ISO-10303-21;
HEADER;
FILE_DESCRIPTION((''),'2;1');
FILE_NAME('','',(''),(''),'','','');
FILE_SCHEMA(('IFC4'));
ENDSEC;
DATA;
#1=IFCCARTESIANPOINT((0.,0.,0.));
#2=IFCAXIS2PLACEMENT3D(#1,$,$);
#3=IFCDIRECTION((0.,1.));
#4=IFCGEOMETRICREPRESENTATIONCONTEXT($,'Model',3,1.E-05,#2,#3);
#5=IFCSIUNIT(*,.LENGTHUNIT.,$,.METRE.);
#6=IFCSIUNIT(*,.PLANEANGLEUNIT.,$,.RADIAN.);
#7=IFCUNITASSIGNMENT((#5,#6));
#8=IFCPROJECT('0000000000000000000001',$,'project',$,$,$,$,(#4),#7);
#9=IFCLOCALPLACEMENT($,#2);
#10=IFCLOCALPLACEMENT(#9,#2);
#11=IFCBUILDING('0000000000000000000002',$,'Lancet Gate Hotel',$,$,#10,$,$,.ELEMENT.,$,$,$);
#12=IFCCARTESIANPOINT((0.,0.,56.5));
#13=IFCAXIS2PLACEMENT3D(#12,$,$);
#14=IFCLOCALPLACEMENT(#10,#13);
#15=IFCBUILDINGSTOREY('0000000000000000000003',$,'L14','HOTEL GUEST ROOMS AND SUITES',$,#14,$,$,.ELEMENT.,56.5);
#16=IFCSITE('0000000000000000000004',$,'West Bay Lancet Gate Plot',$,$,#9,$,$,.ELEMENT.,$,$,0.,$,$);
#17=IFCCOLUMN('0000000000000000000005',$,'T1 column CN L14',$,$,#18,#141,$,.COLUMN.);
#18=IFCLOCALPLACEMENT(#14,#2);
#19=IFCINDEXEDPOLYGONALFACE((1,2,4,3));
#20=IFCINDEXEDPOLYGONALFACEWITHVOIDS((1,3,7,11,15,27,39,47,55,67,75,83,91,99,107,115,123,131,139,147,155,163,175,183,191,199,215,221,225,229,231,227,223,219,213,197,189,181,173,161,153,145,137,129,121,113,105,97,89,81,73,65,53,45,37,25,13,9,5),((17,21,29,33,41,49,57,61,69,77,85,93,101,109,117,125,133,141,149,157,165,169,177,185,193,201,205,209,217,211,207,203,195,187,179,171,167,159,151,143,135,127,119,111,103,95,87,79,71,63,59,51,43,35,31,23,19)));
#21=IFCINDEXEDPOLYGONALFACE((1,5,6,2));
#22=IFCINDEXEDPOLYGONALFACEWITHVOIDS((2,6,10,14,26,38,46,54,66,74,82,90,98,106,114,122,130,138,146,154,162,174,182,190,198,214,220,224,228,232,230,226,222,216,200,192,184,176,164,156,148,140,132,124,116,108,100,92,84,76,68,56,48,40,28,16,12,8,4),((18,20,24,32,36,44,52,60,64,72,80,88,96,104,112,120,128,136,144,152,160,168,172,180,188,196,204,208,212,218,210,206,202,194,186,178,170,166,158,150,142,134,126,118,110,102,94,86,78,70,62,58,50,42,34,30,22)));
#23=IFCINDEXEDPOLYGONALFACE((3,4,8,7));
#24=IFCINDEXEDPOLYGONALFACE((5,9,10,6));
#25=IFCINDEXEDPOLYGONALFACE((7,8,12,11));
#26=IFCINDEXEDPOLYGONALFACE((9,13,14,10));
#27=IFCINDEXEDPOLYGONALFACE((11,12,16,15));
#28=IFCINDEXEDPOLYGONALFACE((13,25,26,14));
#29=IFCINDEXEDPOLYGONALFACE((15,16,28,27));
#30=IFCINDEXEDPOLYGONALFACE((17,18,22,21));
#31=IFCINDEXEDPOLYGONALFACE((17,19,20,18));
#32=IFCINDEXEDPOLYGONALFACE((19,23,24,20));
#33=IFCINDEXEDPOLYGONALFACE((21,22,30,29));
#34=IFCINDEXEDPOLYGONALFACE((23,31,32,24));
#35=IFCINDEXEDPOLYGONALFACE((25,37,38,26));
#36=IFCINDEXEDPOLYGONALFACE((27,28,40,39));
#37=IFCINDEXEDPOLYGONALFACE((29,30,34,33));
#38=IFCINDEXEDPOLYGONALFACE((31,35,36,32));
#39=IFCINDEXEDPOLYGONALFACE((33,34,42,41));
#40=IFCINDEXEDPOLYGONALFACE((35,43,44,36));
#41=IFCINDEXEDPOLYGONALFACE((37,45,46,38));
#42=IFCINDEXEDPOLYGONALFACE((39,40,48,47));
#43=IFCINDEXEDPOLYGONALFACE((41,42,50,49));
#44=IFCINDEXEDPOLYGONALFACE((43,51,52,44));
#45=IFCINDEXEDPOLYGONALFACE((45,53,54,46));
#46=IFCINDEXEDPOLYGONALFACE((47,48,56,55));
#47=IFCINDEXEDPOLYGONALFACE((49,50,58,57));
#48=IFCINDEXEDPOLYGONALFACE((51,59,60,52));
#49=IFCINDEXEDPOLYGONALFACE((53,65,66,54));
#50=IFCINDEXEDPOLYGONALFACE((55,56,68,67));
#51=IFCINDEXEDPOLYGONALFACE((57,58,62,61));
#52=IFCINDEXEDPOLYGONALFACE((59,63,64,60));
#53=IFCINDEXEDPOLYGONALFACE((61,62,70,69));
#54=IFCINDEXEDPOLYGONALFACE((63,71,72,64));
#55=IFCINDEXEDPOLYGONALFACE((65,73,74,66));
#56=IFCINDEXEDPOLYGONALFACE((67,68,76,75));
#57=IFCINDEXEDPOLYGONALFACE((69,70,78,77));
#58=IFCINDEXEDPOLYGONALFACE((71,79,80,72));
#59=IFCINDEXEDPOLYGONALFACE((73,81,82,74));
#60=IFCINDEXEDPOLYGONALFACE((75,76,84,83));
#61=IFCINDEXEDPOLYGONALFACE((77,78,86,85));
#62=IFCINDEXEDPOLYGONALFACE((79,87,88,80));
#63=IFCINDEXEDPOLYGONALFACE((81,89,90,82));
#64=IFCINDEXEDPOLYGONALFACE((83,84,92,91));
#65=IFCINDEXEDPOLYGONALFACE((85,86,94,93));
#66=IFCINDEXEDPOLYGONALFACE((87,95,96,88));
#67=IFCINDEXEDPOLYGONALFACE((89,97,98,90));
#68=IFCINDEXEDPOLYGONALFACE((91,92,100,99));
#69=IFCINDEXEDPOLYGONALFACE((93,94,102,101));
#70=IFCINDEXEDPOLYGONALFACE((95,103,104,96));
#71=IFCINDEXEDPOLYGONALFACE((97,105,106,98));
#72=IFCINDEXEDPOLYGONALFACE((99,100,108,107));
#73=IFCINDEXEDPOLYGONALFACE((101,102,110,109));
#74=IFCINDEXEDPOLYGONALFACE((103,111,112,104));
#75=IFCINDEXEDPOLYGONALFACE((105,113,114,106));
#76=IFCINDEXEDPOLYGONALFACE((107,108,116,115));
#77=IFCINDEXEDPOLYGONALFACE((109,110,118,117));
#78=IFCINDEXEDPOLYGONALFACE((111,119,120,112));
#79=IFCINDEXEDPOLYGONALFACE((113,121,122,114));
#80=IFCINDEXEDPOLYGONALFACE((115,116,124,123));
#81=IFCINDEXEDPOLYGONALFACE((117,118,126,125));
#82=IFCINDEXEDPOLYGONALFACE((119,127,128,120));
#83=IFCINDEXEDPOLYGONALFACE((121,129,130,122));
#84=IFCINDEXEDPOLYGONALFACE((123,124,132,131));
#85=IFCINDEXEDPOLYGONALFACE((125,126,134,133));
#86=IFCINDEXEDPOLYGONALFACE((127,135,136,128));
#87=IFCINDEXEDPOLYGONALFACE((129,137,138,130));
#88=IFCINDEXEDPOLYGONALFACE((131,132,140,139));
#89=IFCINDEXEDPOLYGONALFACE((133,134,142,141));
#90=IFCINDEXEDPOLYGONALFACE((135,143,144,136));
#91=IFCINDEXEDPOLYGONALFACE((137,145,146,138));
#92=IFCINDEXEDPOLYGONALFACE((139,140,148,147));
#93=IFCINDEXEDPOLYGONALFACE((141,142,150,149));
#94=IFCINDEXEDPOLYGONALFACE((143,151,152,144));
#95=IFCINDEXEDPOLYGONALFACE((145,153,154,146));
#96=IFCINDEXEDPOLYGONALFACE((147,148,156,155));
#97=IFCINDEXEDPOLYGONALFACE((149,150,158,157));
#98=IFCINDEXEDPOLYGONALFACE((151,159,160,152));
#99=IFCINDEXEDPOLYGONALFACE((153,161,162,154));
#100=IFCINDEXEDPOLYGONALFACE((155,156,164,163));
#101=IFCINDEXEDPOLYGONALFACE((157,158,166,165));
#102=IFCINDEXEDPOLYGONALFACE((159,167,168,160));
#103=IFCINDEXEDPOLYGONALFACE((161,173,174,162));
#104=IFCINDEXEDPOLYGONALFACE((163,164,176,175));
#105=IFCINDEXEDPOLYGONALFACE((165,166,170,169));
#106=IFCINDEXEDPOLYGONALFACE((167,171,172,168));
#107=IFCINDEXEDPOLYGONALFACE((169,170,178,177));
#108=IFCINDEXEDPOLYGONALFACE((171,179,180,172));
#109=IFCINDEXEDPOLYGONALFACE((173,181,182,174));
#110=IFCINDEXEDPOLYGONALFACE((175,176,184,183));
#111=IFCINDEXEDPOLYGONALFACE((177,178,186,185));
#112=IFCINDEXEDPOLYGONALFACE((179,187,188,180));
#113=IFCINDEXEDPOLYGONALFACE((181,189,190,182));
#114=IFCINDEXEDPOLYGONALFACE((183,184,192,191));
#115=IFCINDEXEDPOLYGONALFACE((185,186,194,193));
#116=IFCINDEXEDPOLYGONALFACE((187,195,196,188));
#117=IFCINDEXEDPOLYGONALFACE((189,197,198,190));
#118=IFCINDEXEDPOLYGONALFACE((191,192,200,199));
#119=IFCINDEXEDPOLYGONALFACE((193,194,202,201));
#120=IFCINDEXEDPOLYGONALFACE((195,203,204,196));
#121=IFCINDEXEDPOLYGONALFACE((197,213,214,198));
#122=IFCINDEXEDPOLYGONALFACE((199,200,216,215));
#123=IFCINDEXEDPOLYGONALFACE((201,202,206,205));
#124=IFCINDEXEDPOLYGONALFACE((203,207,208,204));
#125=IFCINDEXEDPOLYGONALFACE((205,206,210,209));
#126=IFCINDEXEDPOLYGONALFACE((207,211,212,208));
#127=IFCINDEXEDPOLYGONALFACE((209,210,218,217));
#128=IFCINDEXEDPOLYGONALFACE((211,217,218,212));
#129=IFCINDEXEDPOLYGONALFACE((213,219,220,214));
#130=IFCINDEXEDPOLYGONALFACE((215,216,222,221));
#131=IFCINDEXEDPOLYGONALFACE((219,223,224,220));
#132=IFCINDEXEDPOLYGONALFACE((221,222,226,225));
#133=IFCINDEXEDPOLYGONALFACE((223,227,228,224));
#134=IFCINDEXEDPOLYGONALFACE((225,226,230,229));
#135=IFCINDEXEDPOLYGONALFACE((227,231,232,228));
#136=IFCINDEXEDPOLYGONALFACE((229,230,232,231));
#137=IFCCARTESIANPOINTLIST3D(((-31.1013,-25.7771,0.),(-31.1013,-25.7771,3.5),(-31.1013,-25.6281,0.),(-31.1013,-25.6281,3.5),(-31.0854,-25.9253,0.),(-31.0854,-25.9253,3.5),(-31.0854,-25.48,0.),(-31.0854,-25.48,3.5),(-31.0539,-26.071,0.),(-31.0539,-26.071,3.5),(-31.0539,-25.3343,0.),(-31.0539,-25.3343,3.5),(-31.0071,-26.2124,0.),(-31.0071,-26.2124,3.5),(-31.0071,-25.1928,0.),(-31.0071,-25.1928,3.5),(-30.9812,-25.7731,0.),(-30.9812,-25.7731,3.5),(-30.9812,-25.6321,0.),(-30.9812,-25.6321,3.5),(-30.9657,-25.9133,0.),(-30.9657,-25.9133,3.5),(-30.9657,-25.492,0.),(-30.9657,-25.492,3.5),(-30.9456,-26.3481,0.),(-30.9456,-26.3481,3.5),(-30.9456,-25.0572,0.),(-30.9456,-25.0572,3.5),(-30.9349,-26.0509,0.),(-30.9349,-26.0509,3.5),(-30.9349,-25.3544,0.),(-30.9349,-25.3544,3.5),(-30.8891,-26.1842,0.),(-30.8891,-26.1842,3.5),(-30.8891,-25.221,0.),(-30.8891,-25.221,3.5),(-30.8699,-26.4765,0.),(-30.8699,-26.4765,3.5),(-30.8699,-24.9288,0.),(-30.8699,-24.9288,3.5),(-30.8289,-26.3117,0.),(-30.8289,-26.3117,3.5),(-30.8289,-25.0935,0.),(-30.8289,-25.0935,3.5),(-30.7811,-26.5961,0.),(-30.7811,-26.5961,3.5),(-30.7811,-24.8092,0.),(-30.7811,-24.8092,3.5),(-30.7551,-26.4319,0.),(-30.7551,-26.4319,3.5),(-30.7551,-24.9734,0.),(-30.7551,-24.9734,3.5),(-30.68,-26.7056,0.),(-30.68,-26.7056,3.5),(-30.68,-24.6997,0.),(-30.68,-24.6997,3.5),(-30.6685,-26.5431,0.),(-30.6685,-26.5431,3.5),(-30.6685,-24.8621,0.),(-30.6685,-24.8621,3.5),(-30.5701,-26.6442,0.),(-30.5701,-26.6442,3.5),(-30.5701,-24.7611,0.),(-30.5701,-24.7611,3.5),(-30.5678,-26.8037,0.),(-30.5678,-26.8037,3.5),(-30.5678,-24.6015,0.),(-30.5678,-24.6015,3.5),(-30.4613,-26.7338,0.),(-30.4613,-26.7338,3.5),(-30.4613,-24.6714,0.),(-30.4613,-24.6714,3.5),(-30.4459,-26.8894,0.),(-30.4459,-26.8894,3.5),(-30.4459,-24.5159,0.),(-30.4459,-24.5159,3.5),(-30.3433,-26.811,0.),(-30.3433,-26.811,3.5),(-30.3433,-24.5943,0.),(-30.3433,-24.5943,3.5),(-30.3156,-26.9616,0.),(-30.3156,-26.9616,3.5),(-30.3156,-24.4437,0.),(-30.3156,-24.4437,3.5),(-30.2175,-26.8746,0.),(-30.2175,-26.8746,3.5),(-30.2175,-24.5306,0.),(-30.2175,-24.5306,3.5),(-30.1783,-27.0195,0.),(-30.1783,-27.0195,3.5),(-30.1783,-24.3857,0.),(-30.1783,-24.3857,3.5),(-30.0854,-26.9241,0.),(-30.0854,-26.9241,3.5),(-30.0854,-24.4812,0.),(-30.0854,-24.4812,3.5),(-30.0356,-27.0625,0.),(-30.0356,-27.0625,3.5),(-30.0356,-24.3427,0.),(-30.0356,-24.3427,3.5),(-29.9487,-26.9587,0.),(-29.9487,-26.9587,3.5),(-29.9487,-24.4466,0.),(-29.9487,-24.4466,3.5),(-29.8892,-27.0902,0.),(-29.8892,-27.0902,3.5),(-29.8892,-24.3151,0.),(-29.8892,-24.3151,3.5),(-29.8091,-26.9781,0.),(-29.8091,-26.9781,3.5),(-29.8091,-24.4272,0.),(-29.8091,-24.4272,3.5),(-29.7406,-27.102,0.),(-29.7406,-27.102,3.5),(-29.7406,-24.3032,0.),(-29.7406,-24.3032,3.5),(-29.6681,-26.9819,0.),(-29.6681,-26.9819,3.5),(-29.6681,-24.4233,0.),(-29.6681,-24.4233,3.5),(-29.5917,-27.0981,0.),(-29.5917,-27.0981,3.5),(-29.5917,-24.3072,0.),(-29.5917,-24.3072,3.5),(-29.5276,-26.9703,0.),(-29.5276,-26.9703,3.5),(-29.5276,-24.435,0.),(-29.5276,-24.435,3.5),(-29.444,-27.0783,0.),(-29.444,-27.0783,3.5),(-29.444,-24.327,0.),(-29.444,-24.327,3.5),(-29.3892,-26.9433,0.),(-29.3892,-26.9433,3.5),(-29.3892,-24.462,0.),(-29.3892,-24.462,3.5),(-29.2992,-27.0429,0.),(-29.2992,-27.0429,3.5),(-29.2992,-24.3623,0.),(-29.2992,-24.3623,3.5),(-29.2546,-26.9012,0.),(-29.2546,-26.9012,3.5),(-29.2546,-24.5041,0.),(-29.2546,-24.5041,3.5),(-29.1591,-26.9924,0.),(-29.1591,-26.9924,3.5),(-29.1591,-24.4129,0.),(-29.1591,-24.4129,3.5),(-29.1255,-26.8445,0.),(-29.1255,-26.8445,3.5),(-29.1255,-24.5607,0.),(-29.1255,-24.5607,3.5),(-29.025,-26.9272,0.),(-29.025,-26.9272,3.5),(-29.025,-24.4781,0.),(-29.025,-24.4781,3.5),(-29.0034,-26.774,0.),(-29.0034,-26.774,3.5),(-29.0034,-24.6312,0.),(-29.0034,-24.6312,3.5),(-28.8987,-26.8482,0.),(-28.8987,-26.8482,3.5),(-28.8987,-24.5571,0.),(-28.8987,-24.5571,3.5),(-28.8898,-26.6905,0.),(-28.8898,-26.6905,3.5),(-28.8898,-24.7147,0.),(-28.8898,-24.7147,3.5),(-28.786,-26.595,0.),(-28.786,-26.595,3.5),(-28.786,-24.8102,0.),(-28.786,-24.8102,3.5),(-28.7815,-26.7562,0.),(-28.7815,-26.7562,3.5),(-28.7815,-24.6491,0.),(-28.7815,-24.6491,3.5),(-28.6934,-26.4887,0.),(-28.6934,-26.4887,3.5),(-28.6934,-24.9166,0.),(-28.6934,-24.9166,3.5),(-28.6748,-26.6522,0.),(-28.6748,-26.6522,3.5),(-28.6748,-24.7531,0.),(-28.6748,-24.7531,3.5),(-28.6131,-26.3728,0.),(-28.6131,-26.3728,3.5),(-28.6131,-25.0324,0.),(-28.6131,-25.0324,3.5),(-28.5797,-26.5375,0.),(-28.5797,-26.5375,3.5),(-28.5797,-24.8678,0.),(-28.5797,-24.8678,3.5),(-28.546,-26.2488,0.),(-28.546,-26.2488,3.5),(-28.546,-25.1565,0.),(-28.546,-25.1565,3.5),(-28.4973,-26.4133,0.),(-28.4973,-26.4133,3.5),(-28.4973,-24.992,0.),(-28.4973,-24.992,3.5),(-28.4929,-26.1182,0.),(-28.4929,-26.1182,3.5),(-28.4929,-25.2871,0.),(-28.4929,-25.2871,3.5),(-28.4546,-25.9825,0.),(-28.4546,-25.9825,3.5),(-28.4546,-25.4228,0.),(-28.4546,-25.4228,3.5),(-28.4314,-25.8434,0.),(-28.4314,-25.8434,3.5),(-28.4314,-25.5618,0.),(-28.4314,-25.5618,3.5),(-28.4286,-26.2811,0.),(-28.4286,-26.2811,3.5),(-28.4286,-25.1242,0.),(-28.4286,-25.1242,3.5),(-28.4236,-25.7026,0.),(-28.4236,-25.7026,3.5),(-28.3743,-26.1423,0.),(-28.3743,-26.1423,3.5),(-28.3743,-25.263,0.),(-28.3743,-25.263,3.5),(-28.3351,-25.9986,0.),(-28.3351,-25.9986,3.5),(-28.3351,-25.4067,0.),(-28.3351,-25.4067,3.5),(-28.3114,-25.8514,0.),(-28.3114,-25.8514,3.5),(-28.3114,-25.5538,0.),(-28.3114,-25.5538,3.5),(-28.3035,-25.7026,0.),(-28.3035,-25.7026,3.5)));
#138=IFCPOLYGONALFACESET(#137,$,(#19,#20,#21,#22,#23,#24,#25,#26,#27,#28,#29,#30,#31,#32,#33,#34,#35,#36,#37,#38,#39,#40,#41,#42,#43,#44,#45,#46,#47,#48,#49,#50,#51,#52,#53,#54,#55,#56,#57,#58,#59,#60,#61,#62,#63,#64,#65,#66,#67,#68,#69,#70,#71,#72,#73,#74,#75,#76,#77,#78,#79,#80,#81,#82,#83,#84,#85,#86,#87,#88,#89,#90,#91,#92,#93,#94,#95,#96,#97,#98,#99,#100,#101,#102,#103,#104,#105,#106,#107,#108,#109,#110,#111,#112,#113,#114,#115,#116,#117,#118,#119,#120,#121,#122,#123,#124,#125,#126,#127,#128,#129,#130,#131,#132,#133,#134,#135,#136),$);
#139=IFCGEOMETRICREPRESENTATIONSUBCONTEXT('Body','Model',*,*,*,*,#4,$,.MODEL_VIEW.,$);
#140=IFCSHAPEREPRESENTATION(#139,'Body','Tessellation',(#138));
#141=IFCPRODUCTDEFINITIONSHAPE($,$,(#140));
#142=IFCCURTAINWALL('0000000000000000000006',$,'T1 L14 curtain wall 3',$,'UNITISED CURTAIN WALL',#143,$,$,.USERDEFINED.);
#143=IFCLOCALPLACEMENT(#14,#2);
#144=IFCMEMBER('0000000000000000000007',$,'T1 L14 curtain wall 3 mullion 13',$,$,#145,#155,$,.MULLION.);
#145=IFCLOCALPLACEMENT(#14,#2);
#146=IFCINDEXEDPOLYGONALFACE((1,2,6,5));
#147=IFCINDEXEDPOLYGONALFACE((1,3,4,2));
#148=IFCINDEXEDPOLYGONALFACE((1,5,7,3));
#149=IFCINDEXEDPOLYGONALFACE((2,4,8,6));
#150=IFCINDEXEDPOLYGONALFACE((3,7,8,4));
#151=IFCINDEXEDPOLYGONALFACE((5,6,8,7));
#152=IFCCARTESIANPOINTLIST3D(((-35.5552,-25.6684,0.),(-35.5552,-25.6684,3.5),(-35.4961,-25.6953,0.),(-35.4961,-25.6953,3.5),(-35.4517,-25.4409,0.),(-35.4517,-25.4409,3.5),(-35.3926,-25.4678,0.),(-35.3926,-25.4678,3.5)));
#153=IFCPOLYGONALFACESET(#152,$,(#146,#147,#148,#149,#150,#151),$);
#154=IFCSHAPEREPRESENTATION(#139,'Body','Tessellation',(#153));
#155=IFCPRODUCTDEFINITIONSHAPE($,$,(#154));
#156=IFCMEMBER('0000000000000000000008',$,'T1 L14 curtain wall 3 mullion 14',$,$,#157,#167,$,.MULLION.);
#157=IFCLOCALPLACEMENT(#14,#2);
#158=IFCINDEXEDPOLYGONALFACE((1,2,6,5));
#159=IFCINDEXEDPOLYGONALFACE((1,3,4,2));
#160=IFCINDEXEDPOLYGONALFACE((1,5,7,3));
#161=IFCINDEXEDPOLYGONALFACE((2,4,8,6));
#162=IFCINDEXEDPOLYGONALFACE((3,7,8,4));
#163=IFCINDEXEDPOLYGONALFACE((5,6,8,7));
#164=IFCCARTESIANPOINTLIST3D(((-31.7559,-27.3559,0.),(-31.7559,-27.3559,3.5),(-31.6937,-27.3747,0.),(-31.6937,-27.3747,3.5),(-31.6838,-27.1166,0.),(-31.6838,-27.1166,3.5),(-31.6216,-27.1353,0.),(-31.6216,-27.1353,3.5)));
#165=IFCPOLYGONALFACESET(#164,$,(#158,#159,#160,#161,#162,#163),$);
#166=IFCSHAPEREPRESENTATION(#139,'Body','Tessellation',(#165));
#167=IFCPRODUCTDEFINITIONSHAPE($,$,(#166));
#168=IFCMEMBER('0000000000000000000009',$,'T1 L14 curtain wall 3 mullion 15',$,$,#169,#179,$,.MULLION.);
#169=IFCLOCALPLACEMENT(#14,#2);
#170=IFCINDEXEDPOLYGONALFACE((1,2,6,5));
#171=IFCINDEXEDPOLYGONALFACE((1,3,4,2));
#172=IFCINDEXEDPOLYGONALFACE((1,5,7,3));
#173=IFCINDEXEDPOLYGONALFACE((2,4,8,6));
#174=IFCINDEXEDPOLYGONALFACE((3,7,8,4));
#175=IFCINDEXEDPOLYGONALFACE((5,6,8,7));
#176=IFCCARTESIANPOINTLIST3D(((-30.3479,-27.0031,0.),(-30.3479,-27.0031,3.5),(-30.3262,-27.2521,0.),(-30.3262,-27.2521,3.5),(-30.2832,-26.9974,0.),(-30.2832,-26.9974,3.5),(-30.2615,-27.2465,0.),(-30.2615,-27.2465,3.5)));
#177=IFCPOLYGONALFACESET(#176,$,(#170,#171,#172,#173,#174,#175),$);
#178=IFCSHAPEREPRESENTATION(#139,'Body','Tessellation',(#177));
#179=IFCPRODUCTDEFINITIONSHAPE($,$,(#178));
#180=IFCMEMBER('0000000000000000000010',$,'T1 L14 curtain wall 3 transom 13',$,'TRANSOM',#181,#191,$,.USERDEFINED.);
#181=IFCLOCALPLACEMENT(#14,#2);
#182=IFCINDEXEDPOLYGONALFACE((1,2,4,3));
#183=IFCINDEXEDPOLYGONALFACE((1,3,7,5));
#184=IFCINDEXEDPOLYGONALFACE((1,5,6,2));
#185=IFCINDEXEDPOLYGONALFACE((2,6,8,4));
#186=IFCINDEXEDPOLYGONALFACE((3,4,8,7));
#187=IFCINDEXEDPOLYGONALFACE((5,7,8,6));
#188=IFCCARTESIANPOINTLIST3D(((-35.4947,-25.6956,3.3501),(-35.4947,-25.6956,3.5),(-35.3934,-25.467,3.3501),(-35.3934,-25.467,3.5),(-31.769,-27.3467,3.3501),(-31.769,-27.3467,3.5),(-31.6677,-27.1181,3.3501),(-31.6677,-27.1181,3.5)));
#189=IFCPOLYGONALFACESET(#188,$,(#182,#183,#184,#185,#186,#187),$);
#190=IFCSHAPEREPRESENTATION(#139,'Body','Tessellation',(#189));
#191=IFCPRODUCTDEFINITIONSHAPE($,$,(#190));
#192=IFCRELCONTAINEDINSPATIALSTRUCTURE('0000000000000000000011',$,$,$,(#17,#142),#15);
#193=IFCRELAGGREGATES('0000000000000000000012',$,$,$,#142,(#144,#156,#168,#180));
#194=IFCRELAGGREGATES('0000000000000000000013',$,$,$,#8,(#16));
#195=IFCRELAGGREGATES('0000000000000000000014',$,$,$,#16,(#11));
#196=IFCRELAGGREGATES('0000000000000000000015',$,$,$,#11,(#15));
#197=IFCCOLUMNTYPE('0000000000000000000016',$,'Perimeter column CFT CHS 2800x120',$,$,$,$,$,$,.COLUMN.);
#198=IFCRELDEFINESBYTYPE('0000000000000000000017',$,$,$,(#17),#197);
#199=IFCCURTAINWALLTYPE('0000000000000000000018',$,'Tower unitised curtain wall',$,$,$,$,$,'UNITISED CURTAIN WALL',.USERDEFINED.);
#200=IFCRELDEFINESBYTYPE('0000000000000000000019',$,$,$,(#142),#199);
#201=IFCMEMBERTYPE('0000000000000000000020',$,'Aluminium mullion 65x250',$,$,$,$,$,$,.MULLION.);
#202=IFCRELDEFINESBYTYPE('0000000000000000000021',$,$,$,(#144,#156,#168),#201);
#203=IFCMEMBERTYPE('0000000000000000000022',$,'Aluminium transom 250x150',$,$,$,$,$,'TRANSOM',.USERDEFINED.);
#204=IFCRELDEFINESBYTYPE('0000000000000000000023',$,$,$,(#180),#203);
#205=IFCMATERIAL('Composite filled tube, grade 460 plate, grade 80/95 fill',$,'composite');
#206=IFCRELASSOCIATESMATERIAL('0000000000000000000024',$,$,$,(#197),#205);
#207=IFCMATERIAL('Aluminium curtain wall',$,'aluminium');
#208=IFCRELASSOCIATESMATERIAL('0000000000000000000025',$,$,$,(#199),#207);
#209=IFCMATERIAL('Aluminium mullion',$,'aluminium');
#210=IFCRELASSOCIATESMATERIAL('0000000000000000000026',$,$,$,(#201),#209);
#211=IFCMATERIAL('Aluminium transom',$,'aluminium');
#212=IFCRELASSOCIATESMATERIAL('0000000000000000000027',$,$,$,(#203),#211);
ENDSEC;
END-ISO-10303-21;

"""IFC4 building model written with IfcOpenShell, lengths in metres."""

from ifc_helpers import new_model, si_unit, direction, frame, origin, origin_2d, place, context, subcontext, project, spatial, rectangle, hollow_circle, extrude, material, material_profile, profile_set, type_object, element, aggregate, save


model = new_model("IFC4")

# Units and contexts
model_context = context("Model", 3, precision=1e-05, world=origin(), true_north=direction((0.0, 1.0)))
body_context = subcontext(model_context, "Body", "Model", "MODEL_VIEW")
ifc_project = project(units=[si_unit("LENGTHUNIT", "METRE"), si_unit("PLANEANGLEUNIT", "RADIAN")], contexts=[model_context])

# Site, building, storey
site_placement = place(None, origin())
site = spatial("IfcSite", under=ifc_project, at=site_placement, Name="West Bay Lancet Gate Plot", CompositionType="ELEMENT", RefElevation=0.0)
building_placement = place(site_placement, origin())
building = spatial("IfcBuilding", under=site, at=building_placement, Name="Lancet Gate Hotel", CompositionType="ELEMENT")
storey_placement = place(building_placement, frame((0.0, 0.0, 56.5)))
storey = spatial("IfcBuildingStorey", under=building, at=storey_placement, Name="L14", Description="HOTEL GUEST ROOMS AND SUITES", CompositionType="ELEMENT", Elevation=56.5)

# Column
ifc_material_1 = material(Name="Composite filled tube, grade 460 plate, grade 80/95 fill", Category="composite")
ifc_material_profile_1 = material_profile(ifc_material_1, hollow_circle(Radius=1.3999, WallThickness=0.1201, at=origin_2d()), Name="CHS 2800x120")
ifc_profile_set_1 = profile_set([ifc_material_profile_1], Name="Composite filled tube, grade 460 plate, grade 80/95 fill")
column_type = type_object("IfcColumnType", Name="Perimeter column CFT CHS 2800x120", PredefinedType="COLUMN", material=ifc_profile_set_1)
column_placement = place(storey_placement, frame((-29.7034, -25.7026, 0.0), z_axis=(0.0, 0.0, 1.0), x_axis=(1.0, 0.0, 0.0)))
element("IfcColumn", 1, at=column_placement, inside=storey, type_object=column_type, Name="T1 column CN L14", PredefinedType="COLUMN", context=body_context, shape_type="SweptSolid", body=[
    extrude(hollow_circle(Radius=1.3999, WallThickness=0.1201, at=origin_2d()), origin(), (0.0, 0.0, 1.0), 3.5),
])

# Curtain wall, members
ifc_material_2 = material(Name="Aluminium curtain wall", Category="aluminium")
curtain_wall_type = type_object("IfcCurtainWallType", Name="Tower unitised curtain wall", ElementType="UNITISED CURTAIN WALL", PredefinedType="USERDEFINED", material=ifc_material_2)
curtain_wall_placement = place(storey_placement, origin())
curtain_wall = element("IfcCurtainWall", 2, at=curtain_wall_placement, inside=storey, type_object=curtain_wall_type, Name="T1 L14 curtain wall 3", ObjectType="UNITISED CURTAIN WALL", PredefinedType="USERDEFINED")
ifc_material_3 = material(Name="Aluminium mullion", Category="aluminium")
ifc_material_profile_2 = material_profile(ifc_material_3, rectangle(XDim=0.0649, YDim=0.25, at=origin_2d()), Name="MULLION 65x250")
ifc_profile_set_2 = profile_set([ifc_material_profile_2], Name="Aluminium mullion")
member_type_1 = type_object("IfcMemberType", Name="Aluminium mullion 65x250", PredefinedType="MULLION", material=ifc_profile_set_2)
member_1_placement = place(storey_placement, frame((-35.4739, -25.5681, 0.0), z_axis=(0.0, 0.0, 1.0), x_axis=(0.91022, -0.414126, 0.0)))
member_1 = element("IfcMember", 3, at=member_1_placement, type_object=member_type_1, Name="T1 L14 curtain wall 3 mullion 13", PredefinedType="MULLION", context=body_context, shape_type="SweptSolid", body=[
    extrude(rectangle(XDim=0.0649, YDim=0.25, at=origin_2d()), origin(), (0.0, 0.0, 1.0), 3.5),
])
member_2_placement = place(storey_placement, frame((-31.6887, -27.2456, 0.0), z_axis=(0.0, 0.0, 1.0), x_axis=(0.957524, -0.288352, 0.0)))
member_2 = element("IfcMember", 4, at=member_2_placement, type_object=member_type_1, Name="T1 L14 curtain wall 3 mullion 14", PredefinedType="MULLION", context=body_context, shape_type="SweptSolid", body=[
    extrude(rectangle(XDim=0.0649, YDim=0.25, at=origin_2d()), origin(), (0.0, 0.0, 1.0), 3.5),
])
member_3_placement = place(storey_placement, frame((-30.3047, -27.1248, 0.0), z_axis=(0.0, 0.0, 1.0), x_axis=(0.996204, 0.087052, 0.0)))
member_3 = element("IfcMember", 5, at=member_3_placement, type_object=member_type_1, Name="T1 L14 curtain wall 3 mullion 15", PredefinedType="MULLION", context=body_context, shape_type="SweptSolid", body=[
    extrude(rectangle(XDim=0.0649, YDim=0.25, at=origin_2d()), origin(), (0.0, 0.0, 1.0), 3.5),
])
ifc_material_4 = material(Name="Aluminium transom", Category="aluminium")
ifc_material_profile_3 = material_profile(ifc_material_4, rectangle(XDim=0.25, YDim=0.1499, at=origin_2d()), Name="TRANSOM 250x150")
ifc_profile_set_3 = profile_set([ifc_material_profile_3], Name="Aluminium transom")
member_type_2 = type_object("IfcMemberType", Name="Aluminium transom 250x150", ElementType="TRANSOM", PredefinedType="USERDEFINED", material=ifc_profile_set_3)
member_4_placement = place(storey_placement, frame((-35.4441, -25.5813, 3.425), z_axis=(0.914248, -0.405154, 0.0), x_axis=(0.405154, 0.914248, 0.0)))
member_4 = element("IfcMember", 6, at=member_4_placement, type_object=member_type_2, Name="T1 L14 curtain wall 3 transom 13", ObjectType="TRANSOM", PredefinedType="USERDEFINED", context=body_context, shape_type="SweptSolid", body=[
    extrude(rectangle(XDim=0.25, YDim=0.1499, at=origin_2d()), origin(), (0.0, 0.0, 1.0), 4.0752),
])

aggregate(curtain_wall, [member_1, member_2, member_3, member_4])

save(model, "model.ifc")
